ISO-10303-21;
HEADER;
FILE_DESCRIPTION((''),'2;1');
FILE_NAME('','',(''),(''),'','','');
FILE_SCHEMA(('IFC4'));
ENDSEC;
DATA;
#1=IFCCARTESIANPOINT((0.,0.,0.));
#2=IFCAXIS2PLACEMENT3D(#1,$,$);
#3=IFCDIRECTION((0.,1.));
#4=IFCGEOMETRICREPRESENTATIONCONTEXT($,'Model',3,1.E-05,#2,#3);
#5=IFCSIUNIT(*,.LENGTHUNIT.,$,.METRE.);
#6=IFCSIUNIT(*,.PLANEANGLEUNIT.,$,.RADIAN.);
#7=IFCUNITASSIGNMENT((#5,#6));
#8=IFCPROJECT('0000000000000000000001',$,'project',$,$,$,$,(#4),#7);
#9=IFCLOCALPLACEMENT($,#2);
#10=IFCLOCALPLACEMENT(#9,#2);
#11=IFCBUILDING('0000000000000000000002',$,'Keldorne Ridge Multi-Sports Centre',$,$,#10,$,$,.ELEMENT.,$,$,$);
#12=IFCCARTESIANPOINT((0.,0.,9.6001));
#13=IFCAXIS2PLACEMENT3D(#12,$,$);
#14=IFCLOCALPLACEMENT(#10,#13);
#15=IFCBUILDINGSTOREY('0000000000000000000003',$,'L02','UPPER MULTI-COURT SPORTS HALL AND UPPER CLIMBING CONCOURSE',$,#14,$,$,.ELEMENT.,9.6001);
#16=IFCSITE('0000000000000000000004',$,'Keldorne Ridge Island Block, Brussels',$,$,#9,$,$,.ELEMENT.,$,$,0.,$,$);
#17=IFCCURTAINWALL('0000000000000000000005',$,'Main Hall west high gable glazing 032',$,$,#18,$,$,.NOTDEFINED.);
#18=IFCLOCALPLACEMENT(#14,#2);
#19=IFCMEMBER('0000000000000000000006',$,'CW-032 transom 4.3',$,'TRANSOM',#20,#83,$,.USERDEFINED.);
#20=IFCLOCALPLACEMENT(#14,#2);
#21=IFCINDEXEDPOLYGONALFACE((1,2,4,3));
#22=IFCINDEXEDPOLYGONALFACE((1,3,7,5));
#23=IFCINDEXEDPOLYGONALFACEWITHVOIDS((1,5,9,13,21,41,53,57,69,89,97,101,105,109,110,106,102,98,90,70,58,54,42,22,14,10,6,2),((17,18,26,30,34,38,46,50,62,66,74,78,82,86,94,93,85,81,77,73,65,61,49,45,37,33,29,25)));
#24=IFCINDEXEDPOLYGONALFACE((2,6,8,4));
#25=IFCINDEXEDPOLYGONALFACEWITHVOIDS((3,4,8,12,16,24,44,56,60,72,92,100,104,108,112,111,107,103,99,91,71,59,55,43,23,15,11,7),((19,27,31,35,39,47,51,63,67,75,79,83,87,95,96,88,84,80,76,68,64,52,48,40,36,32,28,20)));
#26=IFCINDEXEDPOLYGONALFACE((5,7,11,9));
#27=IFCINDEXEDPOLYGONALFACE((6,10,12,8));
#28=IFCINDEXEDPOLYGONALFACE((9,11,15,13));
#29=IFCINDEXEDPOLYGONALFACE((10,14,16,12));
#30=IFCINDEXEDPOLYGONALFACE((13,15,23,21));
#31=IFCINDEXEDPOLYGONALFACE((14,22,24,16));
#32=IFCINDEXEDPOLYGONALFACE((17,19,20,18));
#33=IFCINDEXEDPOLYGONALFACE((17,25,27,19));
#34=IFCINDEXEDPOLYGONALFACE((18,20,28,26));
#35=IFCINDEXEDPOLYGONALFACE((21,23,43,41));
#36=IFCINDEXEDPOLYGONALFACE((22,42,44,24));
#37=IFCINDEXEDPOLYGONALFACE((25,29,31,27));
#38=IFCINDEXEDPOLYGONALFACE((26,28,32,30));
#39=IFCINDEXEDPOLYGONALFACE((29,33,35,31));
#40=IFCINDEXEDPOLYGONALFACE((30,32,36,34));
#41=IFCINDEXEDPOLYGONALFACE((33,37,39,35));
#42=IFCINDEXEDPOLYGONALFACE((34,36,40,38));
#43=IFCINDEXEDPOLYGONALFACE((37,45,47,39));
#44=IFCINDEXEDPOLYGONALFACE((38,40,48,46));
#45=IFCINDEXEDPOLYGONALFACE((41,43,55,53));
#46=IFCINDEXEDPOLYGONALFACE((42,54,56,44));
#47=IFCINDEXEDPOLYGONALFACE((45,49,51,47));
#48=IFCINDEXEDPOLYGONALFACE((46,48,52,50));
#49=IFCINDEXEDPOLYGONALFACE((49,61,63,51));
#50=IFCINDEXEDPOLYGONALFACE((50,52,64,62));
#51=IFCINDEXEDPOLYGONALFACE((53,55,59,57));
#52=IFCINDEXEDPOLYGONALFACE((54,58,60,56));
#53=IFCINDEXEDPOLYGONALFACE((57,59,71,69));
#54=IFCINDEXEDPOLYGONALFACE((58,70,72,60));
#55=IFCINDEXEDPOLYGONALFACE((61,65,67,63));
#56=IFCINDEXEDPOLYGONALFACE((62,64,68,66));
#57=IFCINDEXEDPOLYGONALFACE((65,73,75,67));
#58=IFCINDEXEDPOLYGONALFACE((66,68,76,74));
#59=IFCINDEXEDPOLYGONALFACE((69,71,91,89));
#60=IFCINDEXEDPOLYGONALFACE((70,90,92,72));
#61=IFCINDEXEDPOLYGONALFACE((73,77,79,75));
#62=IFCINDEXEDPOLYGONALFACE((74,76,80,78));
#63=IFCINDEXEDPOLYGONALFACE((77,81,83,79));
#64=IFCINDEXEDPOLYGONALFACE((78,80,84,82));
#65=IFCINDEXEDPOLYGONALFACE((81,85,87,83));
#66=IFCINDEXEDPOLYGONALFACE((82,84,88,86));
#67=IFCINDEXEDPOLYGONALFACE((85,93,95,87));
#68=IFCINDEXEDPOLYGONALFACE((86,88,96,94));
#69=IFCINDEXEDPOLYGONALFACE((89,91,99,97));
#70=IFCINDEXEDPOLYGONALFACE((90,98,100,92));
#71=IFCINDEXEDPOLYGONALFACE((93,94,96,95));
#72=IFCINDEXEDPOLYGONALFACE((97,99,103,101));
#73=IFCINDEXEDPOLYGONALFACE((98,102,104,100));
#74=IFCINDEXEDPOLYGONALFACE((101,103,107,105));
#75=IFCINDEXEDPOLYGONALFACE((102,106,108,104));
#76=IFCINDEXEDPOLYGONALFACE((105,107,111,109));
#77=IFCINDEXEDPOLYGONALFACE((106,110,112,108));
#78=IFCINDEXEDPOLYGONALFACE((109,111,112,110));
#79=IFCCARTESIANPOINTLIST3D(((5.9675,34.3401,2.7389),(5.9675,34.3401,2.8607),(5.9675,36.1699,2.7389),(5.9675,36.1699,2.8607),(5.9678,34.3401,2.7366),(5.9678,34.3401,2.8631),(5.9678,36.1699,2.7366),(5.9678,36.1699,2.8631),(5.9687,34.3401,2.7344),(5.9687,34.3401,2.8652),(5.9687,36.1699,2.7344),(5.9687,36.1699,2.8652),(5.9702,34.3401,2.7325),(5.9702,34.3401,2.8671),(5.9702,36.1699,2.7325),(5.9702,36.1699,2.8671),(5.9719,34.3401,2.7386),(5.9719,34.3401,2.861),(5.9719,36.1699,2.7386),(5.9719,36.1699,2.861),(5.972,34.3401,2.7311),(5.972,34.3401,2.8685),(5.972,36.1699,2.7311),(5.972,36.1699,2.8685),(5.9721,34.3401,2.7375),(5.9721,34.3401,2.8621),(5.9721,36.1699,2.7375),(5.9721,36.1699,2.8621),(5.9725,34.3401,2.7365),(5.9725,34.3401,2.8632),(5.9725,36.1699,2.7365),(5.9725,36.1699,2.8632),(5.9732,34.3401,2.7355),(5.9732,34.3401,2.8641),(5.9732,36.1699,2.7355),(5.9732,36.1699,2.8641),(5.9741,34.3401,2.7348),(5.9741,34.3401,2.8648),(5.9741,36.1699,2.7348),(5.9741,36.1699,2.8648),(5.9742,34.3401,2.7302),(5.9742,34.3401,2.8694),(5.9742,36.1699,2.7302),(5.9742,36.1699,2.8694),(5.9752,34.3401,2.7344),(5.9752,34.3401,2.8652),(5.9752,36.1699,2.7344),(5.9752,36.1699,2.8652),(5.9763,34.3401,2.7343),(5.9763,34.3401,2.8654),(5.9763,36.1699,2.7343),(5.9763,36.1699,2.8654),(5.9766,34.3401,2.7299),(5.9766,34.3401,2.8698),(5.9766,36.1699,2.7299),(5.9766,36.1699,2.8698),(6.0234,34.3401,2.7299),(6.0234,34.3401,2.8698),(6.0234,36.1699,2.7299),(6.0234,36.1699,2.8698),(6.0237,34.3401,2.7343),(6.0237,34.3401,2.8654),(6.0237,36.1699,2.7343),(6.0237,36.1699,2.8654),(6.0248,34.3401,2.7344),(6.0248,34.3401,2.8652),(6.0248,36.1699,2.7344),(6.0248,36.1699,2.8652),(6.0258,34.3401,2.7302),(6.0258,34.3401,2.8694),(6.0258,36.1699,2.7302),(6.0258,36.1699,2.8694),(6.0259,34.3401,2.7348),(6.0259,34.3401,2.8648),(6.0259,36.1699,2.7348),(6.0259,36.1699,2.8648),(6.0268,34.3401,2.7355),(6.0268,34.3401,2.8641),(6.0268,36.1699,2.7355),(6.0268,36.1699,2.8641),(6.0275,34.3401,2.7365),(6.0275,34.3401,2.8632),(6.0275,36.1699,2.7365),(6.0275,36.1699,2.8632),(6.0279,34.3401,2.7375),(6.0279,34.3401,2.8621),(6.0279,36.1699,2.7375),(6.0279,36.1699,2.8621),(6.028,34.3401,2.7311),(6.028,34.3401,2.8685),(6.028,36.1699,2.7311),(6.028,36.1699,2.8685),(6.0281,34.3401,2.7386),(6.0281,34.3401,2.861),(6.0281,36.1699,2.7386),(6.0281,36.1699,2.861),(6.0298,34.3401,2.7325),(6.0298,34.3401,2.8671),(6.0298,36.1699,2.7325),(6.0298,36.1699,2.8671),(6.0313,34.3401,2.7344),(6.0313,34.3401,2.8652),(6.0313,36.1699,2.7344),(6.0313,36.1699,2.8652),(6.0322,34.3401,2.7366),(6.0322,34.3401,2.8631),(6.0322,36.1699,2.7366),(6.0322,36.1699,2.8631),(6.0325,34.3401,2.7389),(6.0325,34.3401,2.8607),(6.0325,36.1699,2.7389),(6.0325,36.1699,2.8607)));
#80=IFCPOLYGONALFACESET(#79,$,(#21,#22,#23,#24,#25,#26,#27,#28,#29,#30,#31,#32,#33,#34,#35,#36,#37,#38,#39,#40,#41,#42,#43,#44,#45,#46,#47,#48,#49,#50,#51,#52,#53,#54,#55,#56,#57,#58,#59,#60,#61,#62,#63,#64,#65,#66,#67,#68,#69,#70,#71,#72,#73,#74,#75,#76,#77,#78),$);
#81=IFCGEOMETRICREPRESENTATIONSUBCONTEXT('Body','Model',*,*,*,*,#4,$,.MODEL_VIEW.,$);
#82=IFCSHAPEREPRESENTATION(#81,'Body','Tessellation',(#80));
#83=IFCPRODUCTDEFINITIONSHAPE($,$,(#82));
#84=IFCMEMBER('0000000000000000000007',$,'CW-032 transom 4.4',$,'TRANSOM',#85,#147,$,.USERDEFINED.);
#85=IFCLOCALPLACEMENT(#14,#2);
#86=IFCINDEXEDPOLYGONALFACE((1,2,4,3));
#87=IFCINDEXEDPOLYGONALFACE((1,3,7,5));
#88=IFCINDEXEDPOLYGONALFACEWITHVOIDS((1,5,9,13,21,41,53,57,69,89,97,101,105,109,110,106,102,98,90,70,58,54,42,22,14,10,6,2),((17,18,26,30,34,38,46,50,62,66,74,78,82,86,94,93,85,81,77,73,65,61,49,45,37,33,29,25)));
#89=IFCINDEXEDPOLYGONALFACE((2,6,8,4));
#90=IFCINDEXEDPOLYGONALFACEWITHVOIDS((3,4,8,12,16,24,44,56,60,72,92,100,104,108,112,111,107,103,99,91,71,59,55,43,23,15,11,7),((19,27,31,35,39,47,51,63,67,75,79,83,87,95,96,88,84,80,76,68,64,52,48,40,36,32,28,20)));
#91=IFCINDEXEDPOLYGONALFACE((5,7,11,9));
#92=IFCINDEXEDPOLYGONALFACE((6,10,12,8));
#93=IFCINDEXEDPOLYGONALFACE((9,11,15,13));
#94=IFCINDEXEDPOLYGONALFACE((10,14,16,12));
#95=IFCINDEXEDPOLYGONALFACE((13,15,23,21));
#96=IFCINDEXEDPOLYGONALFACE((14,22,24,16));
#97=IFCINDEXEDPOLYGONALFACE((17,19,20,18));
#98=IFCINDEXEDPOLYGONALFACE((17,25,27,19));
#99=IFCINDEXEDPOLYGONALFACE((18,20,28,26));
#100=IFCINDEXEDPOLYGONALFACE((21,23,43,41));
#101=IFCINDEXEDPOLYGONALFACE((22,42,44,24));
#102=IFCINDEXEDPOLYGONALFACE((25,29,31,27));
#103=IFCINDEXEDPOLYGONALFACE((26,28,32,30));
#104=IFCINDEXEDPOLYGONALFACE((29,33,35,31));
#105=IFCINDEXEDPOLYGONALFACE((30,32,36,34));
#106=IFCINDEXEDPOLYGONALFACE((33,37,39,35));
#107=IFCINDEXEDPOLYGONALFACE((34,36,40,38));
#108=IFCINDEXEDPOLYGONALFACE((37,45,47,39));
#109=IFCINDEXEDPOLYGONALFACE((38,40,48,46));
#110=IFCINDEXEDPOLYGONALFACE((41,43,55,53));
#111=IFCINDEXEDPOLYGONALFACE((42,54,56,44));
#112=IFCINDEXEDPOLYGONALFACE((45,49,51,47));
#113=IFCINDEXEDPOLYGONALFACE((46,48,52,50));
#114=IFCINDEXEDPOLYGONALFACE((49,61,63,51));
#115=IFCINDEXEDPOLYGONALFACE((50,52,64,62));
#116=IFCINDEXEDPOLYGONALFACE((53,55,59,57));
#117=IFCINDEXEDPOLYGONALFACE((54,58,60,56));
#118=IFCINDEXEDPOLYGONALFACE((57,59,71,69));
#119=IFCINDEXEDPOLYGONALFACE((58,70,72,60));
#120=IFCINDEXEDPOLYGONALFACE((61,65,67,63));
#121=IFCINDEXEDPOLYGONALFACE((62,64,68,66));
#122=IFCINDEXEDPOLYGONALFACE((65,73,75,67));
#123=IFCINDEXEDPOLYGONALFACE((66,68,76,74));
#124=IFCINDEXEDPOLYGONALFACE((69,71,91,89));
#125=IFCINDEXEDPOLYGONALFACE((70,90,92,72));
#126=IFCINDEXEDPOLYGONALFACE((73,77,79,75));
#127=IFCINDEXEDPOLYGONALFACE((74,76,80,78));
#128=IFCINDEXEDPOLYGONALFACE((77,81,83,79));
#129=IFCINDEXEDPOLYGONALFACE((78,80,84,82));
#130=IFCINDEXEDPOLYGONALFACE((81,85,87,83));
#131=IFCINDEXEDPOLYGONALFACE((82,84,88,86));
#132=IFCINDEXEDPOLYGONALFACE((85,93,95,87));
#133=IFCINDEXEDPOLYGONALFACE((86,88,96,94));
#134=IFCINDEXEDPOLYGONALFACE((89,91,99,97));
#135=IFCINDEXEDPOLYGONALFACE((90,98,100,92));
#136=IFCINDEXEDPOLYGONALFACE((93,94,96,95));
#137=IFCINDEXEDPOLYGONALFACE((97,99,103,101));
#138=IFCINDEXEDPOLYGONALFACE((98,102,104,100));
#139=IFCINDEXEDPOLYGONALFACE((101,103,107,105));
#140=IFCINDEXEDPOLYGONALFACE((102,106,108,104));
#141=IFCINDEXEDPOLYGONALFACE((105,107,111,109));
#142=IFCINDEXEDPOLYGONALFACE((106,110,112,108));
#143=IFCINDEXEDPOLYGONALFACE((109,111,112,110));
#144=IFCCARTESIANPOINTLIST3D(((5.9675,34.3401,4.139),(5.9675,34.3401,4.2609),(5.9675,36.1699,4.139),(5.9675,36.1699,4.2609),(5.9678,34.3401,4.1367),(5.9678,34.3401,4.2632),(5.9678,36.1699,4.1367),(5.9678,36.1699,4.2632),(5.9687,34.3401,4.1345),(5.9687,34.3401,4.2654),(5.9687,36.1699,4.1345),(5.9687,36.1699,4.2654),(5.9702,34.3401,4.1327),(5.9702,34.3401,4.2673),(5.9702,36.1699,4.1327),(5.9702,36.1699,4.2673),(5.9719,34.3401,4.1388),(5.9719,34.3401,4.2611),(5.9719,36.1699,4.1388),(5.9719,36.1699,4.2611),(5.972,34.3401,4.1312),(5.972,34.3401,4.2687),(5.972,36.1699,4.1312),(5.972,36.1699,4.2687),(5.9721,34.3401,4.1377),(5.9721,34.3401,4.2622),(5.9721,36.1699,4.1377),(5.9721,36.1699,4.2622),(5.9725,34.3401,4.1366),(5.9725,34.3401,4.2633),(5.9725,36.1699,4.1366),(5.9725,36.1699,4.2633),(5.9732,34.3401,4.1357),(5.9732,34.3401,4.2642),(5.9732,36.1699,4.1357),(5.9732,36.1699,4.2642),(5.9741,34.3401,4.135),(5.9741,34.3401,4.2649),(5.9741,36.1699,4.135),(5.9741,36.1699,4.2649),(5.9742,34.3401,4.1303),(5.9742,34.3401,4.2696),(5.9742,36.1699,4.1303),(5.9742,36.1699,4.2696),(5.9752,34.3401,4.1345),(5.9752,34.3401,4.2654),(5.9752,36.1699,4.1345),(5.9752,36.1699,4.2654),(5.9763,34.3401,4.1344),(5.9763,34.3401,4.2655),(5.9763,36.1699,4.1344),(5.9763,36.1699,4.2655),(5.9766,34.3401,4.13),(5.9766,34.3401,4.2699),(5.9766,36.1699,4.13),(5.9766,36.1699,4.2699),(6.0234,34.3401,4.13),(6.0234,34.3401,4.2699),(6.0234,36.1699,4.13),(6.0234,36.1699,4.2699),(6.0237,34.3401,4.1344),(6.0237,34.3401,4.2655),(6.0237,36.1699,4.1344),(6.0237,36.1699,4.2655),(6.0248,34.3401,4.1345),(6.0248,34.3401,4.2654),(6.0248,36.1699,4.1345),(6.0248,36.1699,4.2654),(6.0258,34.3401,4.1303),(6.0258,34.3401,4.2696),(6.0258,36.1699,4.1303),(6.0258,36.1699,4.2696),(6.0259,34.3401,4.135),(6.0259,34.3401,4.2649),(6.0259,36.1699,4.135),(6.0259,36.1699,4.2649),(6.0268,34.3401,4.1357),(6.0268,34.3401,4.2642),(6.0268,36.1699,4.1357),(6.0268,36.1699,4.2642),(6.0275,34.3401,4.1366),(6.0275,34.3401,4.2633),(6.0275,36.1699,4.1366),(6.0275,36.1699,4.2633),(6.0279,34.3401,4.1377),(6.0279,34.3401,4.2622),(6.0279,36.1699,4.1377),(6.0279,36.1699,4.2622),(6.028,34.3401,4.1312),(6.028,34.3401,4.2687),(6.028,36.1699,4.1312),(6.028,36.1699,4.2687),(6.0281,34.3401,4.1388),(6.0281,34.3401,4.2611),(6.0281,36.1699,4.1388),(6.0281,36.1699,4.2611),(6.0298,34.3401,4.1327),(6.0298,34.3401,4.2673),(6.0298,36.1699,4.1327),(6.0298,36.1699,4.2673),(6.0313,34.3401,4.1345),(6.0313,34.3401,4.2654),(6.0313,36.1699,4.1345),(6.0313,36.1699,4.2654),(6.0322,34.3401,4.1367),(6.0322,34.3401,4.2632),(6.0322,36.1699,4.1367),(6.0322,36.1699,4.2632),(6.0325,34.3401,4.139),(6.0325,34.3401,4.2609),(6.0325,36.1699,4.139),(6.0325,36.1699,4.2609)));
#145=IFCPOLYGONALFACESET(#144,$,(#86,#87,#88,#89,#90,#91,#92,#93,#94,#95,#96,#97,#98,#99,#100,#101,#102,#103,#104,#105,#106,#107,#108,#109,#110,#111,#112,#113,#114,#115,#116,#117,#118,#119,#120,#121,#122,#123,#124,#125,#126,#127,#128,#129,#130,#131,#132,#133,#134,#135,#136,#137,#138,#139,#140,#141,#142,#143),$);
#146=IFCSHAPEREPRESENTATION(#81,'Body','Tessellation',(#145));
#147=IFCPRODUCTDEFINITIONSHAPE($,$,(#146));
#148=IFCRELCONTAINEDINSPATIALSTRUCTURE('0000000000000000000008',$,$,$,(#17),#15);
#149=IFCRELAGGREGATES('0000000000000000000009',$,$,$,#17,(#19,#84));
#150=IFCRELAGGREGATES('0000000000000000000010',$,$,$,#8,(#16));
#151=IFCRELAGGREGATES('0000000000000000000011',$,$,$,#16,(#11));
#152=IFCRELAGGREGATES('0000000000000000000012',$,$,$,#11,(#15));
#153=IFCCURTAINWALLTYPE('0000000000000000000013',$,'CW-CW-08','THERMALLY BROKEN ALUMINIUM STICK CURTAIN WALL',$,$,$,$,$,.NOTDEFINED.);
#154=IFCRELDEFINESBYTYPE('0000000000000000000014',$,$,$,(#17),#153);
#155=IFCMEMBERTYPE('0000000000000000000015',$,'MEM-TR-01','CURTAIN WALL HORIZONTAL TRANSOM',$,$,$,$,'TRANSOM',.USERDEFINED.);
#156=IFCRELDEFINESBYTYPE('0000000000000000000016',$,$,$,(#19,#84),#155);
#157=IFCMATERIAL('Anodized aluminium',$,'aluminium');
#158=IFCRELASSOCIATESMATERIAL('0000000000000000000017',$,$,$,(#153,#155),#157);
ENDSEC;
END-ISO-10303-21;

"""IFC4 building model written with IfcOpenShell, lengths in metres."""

from ifc_helpers import new_model, si_unit, direction, frame, origin, origin_2d, place, context, subcontext, project, spatial, hollow_rectangle, extrude, material, material_profile, profile_set, type_object, element, aggregate, save


model = new_model("IFC4")

# Units and contexts
model_context = context("Model", 3, precision=1e-05, world=origin(), true_north=direction((0.0, 1.0)))
body_context = subcontext(model_context, "Body", "Model", "MODEL_VIEW")
ifc_project = project(units=[si_unit("LENGTHUNIT", "METRE"), si_unit("PLANEANGLEUNIT", "RADIAN")], contexts=[model_context])

# Site, building, storey
site_placement = place(None, origin())
site = spatial("IfcSite", under=ifc_project, at=site_placement, Name="Keldorne Ridge Island Block, Brussels", CompositionType="ELEMENT", RefElevation=0.0)
building_placement = place(site_placement, origin())
building = spatial("IfcBuilding", under=site, at=building_placement, Name="Keldorne Ridge Multi-Sports Centre", CompositionType="ELEMENT")
storey_placement = place(building_placement, frame((0.0, 0.0, 9.6001)))
storey = spatial("IfcBuildingStorey", under=building, at=storey_placement, Name="L02", Description="UPPER MULTI-COURT SPORTS HALL AND UPPER CLIMBING CONCOURSE", CompositionType="ELEMENT", Elevation=9.6001)

# Curtain wall, members
ifc_material_1 = material(Name="Anodized aluminium", Category="aluminium")
curtain_wall_type_1 = type_object("IfcCurtainWallType", Name="CW-CW-08", Description="THERMALLY BROKEN ALUMINIUM STICK CURTAIN WALL", PredefinedType="NOTDEFINED", material=ifc_material_1)
curtain_wall_1_placement = place(storey_placement, origin())
curtain_wall_1 = element("IfcCurtainWall", 1, at=curtain_wall_1_placement, inside=storey, type_object=curtain_wall_type_1, Name="Main Hall west high gable glazing 032", PredefinedType="NOTDEFINED")
ifc_material_profile_1 = material_profile(ifc_material_1, hollow_rectangle(XDim=0.0649, YDim=0.1399, WallThickness=0.0044, InnerFilletRadius=0.0044, OuterFilletRadius=0.009, at=origin_2d()), Name="ALU TRANSOM 140x65x4.5")
ifc_profile_set_1 = profile_set([ifc_material_profile_1], Name="Anodized aluminium")
member_type_1 = type_object("IfcMemberType", Name="MEM-TR-01", Description="CURTAIN WALL HORIZONTAL TRANSOM", ElementType="TRANSOM", PredefinedType="USERDEFINED", material=ifc_profile_set_1)
member_1_placement = place(storey_placement, frame((6.0, 36.1699, 2.7998), z_axis=(0.0, -1.0, 0.0), x_axis=(1.0, 0.0, 0.0)))
member_1 = element("IfcMember", 2, at=member_1_placement, type_object=member_type_1, Name="CW-032 transom 4.3", ObjectType="TRANSOM", PredefinedType="USERDEFINED", context=body_context, shape_type="SweptSolid", body=[
    extrude(hollow_rectangle(XDim=0.0649, YDim=0.1399, WallThickness=0.0044, InnerFilletRadius=0.0044, OuterFilletRadius=0.009, at=origin_2d()), origin(), (0.0, 0.0, 1.0), 1.8298),
])
member_2_placement = place(storey_placement, frame((6.0, 36.1699, 4.2), z_axis=(0.0, -1.0, 0.0), x_axis=(1.0, 0.0, 0.0)))
member_2 = element("IfcMember", 3, at=member_2_placement, type_object=member_type_1, Name="CW-032 transom 4.4", ObjectType="TRANSOM", PredefinedType="USERDEFINED", context=body_context, shape_type="SweptSolid", body=[
    extrude(hollow_rectangle(XDim=0.0649, YDim=0.1399, WallThickness=0.0044, InnerFilletRadius=0.0044, OuterFilletRadius=0.009, at=origin_2d()), origin(), (0.0, 0.0, 1.0), 1.8298),
])

aggregate(curtain_wall_1, [member_1, member_2])

save(model, "model.ifc")
